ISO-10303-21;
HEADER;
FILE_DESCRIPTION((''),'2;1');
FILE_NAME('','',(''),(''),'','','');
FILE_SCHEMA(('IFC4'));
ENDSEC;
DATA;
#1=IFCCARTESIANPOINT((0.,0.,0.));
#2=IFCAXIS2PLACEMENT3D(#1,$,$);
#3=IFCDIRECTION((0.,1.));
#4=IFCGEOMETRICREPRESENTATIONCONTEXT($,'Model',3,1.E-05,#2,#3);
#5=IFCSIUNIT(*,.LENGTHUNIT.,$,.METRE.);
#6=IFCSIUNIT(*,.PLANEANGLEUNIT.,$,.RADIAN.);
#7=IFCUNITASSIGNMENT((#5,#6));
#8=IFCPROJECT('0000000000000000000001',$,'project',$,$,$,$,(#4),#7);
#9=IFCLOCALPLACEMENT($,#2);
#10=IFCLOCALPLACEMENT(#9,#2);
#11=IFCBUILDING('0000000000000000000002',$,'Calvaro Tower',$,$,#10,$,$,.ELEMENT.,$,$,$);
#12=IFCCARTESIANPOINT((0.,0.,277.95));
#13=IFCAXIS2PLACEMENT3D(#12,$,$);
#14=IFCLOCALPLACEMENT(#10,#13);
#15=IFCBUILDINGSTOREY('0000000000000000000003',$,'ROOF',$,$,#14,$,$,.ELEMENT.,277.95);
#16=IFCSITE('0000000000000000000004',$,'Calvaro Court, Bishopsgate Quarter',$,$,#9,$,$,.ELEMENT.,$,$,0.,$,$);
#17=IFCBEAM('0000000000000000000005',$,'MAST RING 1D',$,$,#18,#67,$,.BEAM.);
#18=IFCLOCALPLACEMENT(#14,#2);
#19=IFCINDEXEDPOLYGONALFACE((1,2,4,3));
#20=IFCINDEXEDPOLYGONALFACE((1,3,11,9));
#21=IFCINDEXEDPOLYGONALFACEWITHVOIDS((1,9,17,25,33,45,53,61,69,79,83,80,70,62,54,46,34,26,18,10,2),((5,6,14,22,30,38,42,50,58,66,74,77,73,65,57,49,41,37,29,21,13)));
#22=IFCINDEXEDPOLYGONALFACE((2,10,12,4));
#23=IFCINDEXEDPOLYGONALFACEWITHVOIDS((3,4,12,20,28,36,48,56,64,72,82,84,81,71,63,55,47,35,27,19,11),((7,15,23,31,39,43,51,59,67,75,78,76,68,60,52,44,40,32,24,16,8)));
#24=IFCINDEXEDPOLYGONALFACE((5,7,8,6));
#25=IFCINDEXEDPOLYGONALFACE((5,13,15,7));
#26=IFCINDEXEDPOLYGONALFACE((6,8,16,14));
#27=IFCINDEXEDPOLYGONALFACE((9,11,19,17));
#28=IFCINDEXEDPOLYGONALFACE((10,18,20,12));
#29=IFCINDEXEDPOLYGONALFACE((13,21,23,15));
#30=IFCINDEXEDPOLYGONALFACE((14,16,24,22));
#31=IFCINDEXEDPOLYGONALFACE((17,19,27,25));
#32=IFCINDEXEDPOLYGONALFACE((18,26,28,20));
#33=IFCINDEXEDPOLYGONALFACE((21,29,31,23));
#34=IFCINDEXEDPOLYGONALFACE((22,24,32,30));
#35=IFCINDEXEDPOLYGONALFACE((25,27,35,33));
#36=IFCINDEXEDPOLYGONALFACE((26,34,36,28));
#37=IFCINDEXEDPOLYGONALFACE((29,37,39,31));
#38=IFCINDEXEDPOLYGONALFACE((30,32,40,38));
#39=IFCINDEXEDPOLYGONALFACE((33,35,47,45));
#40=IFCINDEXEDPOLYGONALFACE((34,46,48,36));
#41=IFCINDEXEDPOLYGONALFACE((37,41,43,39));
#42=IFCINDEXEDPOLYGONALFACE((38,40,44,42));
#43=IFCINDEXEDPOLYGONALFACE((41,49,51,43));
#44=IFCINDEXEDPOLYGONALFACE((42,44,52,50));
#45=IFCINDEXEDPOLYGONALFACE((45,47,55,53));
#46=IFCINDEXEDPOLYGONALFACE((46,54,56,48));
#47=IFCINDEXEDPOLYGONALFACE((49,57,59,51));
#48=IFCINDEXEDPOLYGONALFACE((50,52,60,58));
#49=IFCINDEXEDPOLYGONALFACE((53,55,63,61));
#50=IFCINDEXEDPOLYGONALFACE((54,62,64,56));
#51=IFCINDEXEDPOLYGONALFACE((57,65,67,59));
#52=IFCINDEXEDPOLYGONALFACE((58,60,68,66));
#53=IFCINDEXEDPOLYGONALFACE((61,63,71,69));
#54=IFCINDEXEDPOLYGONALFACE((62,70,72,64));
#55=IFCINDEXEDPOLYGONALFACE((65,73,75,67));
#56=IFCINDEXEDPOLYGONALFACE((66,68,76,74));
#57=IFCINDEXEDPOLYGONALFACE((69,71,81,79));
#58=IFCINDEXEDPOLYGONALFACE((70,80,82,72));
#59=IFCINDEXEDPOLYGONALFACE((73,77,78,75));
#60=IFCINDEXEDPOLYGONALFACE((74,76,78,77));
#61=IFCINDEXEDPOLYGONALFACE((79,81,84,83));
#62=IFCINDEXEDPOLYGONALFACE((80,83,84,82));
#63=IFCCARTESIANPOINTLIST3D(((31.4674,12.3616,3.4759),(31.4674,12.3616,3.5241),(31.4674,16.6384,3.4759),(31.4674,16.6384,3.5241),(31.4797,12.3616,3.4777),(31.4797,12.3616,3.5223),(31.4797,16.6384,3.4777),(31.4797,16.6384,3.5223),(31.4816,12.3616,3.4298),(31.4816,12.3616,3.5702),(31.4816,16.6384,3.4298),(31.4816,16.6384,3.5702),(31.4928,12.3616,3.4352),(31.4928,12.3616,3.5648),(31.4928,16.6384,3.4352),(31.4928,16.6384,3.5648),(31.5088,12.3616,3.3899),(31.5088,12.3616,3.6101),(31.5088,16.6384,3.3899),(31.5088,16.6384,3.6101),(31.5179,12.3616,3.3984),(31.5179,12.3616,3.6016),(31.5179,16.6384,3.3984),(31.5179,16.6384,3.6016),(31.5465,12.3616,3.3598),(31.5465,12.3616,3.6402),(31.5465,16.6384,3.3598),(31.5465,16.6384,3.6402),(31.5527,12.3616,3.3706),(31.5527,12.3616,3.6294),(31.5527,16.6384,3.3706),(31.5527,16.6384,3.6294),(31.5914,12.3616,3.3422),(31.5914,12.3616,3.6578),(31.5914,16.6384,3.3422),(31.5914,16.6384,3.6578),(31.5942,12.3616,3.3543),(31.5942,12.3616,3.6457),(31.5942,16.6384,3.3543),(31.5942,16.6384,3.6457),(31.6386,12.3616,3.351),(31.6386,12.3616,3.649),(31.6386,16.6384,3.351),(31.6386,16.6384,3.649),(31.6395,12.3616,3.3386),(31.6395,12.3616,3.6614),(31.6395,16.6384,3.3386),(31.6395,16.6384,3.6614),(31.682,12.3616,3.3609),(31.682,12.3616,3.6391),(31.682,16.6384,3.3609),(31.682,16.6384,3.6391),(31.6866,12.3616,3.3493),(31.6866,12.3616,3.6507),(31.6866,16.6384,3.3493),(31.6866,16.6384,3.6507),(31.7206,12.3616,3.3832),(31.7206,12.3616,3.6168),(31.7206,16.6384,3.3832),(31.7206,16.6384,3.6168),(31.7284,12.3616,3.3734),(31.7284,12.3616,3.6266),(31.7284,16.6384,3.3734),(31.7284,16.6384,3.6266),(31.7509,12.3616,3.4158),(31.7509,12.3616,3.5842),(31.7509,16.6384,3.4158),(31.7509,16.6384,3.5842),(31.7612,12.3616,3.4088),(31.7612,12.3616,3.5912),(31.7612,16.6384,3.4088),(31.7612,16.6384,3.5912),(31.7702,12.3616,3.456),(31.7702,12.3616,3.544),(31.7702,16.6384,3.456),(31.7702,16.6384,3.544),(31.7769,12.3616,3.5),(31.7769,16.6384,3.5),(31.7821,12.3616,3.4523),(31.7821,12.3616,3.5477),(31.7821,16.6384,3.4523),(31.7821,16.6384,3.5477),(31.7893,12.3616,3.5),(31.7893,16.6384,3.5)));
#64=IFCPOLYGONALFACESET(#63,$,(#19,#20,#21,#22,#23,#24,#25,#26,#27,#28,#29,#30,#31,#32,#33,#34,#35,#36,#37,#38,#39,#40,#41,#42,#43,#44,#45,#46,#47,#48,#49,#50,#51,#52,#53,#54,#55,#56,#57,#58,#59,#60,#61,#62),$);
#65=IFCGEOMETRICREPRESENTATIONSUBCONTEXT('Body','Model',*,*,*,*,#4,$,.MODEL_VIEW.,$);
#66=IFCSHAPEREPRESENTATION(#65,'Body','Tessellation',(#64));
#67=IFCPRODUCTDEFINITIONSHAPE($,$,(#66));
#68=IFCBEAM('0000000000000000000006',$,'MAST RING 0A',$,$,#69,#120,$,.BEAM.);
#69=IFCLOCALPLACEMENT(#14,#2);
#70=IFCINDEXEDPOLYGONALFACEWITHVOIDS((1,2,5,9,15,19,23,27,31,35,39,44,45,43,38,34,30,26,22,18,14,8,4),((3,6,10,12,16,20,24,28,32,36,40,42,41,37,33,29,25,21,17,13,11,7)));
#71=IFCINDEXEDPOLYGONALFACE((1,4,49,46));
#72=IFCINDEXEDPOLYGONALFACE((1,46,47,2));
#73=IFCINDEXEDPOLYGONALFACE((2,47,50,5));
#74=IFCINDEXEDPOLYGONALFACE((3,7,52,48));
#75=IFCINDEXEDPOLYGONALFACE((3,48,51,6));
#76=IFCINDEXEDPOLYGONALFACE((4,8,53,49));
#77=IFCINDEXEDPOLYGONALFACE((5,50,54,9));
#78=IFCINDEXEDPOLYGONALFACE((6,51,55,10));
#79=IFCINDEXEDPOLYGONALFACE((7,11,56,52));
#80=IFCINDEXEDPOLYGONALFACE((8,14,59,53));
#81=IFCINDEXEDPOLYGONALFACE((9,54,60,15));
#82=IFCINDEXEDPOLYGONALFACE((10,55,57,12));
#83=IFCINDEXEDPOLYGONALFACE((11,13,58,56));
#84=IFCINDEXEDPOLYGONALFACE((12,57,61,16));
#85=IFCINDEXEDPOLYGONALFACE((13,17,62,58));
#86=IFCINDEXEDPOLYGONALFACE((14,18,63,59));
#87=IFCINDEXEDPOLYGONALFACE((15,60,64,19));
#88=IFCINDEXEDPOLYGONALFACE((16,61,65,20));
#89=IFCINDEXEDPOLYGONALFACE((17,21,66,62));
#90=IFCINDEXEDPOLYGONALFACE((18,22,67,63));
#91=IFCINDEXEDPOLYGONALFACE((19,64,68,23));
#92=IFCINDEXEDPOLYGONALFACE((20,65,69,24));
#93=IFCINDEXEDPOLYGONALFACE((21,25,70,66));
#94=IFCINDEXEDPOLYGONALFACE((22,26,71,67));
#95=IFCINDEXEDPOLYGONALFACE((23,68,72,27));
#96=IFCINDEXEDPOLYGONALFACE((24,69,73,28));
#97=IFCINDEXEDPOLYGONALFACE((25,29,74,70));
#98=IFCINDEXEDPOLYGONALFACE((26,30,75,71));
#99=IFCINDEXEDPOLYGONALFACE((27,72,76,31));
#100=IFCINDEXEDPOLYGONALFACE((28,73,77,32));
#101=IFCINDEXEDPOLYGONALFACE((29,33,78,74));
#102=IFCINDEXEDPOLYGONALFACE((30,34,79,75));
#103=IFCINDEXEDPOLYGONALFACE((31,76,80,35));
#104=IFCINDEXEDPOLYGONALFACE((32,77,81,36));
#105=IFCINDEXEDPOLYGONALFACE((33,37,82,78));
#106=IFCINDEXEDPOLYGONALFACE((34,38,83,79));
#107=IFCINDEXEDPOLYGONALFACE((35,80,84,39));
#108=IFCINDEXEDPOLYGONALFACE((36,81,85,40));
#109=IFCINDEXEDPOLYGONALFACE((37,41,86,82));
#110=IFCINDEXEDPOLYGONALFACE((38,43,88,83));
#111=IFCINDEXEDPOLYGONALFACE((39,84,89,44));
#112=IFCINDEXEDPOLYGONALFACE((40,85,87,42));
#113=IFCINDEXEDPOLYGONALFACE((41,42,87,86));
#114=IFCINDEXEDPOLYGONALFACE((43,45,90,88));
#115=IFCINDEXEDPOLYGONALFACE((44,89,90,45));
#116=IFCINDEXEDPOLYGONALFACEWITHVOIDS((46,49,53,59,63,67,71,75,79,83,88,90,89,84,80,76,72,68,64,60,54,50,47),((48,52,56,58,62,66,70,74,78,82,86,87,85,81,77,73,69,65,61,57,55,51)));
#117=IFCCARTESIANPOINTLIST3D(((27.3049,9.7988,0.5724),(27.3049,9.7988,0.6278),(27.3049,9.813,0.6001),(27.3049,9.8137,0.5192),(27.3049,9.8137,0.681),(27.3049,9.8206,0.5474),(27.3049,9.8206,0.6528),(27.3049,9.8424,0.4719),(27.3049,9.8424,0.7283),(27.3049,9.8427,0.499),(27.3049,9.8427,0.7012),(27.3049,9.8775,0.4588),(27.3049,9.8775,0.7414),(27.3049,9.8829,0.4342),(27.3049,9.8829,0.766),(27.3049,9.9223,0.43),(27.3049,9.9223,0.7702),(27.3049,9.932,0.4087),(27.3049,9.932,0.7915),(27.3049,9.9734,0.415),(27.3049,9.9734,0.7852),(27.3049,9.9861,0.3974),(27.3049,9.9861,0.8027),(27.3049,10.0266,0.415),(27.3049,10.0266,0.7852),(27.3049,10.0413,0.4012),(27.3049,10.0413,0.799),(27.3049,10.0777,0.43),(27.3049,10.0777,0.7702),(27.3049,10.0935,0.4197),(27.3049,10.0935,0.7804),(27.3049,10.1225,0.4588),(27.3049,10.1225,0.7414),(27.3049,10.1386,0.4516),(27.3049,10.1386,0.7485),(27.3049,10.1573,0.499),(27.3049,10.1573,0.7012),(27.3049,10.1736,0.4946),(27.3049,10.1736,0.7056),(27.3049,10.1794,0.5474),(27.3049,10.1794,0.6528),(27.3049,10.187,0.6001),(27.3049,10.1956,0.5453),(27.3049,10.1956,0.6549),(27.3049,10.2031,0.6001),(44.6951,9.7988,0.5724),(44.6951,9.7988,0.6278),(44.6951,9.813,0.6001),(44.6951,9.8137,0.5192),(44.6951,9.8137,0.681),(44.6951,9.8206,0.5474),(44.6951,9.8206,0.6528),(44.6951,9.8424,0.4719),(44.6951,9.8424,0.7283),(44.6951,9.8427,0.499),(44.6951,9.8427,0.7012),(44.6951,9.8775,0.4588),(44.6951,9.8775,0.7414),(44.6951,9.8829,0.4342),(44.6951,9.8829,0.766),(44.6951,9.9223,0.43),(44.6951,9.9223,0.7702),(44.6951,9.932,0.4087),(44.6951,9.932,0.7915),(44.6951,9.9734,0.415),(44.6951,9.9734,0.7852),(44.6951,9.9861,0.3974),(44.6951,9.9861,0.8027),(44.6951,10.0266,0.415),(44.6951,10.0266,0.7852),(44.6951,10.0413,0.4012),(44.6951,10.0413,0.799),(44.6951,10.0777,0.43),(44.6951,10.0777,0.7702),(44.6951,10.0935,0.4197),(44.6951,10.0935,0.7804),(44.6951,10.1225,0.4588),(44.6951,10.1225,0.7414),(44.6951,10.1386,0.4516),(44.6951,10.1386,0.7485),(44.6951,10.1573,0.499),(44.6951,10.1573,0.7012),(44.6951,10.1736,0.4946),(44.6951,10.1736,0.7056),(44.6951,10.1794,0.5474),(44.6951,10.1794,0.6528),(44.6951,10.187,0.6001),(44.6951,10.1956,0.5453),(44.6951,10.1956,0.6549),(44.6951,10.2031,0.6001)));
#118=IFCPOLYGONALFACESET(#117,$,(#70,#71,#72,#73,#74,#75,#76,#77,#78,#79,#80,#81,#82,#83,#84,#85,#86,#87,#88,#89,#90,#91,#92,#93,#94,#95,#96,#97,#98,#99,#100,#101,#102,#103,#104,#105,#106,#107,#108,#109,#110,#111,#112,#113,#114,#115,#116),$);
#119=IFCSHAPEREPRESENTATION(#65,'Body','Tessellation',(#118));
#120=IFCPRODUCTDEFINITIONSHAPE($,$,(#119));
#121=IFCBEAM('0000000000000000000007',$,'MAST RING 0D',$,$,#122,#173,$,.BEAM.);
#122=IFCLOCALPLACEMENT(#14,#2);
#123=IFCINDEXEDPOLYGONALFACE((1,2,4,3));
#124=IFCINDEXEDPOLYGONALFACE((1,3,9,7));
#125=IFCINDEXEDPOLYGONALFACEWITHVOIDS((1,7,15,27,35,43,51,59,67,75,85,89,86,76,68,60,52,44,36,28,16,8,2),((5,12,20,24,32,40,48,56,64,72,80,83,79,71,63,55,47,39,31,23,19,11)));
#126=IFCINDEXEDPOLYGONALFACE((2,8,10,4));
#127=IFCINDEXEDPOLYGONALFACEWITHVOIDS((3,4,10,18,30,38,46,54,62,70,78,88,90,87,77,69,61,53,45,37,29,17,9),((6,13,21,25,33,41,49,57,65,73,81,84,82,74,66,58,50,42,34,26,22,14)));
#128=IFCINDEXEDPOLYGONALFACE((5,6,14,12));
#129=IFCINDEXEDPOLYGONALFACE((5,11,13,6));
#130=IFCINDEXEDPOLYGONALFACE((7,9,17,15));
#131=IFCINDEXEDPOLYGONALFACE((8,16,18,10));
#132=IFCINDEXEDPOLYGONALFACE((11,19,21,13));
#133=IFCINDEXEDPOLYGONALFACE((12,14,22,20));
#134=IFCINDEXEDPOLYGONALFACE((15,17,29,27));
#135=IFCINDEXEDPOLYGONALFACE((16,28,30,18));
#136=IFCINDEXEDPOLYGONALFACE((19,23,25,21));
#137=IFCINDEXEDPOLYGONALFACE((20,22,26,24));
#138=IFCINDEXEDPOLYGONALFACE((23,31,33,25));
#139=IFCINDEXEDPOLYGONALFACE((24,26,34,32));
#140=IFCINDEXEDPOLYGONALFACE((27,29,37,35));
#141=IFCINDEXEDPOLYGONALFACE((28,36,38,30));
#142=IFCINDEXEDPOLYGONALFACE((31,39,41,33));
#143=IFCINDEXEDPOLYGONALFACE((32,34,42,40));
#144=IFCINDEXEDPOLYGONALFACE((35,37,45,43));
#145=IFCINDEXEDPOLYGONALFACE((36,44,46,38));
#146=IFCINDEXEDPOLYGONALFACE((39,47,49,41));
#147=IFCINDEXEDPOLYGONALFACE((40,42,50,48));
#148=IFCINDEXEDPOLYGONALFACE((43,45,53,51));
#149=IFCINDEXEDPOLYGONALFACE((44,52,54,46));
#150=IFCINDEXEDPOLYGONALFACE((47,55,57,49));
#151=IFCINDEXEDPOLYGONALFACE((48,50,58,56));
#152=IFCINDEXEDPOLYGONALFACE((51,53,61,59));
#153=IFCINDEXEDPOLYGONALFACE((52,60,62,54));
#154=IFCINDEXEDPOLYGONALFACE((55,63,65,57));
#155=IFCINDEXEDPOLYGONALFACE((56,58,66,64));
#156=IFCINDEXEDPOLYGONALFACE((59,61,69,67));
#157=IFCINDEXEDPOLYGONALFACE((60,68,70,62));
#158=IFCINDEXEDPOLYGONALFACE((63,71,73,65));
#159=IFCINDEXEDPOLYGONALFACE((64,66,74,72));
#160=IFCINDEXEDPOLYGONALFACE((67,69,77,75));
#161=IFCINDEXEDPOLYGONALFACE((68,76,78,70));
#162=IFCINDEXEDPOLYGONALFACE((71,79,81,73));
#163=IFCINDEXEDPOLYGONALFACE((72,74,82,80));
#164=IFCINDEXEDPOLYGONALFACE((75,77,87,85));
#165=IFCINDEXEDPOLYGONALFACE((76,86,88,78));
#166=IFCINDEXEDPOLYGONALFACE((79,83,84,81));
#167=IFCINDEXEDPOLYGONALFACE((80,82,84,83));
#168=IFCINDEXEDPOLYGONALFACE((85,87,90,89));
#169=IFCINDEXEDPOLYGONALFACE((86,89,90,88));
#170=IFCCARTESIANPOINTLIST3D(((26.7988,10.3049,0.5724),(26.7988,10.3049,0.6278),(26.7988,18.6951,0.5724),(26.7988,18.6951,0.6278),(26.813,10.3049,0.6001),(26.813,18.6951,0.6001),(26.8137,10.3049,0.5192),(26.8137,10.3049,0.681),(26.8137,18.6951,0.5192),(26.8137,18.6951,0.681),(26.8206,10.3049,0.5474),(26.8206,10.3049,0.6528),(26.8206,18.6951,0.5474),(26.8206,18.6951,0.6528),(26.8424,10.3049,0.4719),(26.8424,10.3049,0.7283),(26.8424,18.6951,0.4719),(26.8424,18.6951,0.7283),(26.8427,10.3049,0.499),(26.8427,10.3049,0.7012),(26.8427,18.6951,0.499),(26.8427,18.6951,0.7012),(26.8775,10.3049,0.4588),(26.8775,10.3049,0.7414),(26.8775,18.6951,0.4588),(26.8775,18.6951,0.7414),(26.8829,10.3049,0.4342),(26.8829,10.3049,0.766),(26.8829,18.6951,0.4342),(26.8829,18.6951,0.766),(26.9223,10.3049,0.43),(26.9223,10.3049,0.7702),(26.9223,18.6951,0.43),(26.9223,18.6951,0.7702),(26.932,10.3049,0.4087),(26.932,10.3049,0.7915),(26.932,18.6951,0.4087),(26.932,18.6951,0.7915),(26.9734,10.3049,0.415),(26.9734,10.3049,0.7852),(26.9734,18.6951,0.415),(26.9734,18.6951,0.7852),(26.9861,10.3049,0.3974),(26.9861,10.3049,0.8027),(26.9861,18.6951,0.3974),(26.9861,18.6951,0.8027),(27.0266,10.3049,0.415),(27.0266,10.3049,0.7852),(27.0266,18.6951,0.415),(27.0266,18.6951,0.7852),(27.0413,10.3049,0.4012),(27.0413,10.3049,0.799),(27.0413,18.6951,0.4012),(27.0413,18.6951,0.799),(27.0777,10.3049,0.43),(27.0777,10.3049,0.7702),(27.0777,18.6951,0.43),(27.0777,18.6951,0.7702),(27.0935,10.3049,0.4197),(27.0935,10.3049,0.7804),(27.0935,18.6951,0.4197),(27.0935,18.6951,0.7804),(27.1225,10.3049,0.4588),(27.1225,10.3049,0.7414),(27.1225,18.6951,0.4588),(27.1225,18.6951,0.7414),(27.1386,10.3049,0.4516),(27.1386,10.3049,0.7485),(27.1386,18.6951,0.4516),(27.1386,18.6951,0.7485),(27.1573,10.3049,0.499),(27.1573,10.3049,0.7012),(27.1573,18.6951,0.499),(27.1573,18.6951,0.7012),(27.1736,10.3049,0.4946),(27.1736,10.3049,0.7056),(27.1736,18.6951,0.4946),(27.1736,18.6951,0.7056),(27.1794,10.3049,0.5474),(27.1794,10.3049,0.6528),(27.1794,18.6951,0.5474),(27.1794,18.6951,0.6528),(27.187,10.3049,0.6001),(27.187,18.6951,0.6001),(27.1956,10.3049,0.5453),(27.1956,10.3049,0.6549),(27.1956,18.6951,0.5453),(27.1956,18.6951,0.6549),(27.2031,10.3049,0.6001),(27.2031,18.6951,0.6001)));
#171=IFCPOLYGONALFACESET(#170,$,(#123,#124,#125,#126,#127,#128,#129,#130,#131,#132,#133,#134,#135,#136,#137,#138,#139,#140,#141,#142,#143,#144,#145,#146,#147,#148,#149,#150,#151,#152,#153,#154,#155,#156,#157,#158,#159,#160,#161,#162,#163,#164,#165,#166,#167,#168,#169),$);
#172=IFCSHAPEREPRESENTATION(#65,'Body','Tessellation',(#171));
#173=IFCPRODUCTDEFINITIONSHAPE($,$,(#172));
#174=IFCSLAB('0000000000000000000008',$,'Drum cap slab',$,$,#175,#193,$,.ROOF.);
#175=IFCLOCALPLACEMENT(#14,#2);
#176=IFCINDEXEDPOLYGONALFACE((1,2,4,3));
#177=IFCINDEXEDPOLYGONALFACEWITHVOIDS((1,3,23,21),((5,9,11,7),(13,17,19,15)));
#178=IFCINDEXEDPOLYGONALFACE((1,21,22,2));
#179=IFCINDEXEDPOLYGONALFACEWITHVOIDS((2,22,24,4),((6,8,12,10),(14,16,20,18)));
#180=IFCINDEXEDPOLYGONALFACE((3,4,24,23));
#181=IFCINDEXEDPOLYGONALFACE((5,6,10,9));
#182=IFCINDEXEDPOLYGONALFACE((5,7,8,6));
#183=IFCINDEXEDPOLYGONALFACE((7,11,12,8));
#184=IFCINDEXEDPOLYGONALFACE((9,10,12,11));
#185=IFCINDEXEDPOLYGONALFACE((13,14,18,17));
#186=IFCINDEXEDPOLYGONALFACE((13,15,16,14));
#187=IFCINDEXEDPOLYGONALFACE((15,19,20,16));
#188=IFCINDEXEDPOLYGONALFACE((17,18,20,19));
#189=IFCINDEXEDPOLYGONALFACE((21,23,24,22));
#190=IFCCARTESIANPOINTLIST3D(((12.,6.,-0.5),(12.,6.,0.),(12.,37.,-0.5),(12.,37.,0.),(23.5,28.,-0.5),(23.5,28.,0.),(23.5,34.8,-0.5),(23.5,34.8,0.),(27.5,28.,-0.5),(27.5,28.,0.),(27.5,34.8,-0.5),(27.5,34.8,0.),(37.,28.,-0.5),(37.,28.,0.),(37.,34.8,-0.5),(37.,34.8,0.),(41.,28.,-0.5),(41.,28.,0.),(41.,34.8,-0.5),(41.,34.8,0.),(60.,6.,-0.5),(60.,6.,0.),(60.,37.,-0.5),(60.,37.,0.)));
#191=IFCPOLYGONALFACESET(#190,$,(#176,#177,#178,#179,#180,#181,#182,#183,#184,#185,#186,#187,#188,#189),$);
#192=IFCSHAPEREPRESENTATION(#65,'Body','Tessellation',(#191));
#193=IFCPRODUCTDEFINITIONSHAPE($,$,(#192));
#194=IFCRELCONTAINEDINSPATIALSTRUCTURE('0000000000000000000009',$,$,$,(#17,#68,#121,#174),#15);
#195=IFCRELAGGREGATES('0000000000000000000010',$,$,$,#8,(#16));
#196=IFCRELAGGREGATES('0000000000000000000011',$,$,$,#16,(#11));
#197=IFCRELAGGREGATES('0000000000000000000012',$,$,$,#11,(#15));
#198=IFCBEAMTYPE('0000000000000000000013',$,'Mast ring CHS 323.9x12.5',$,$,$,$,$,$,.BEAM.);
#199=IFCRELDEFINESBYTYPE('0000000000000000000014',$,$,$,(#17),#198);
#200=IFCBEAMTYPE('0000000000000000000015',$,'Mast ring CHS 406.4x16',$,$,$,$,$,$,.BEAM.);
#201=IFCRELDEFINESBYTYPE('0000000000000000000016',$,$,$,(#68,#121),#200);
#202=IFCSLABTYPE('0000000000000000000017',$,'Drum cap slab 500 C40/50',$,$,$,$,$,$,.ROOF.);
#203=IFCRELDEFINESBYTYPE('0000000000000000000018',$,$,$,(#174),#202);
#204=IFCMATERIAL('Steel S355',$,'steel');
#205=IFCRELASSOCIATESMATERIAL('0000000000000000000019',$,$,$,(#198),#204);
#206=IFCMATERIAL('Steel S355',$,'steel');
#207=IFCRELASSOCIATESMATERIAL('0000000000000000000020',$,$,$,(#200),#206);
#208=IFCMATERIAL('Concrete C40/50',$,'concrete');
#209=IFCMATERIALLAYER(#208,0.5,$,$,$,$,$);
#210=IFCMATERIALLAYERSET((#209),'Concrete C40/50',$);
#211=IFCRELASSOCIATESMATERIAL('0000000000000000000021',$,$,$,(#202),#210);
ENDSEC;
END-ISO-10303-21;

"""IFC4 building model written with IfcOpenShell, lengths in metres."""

from ifc_helpers import new_model, si_unit, direction, frame, origin, origin_2d, place, context, subcontext, project, spatial, polyline, hollow_circle, outline, extrude, material, layer, layer_set, material_profile, profile_set, type_object, element, save


model = new_model("IFC4")

# Units and contexts
model_context = context("Model", 3, precision=1e-05, world=origin(), true_north=direction((0.0, 1.0)))
body_context = subcontext(model_context, "Body", "Model", "MODEL_VIEW")
ifc_project = project(units=[si_unit("LENGTHUNIT", "METRE"), si_unit("PLANEANGLEUNIT", "RADIAN")], contexts=[model_context])

# Site, building, storey
site_placement = place(None, origin())
site = spatial("IfcSite", under=ifc_project, at=site_placement, Name="Calvaro Court, Bishopsgate Quarter", CompositionType="ELEMENT", RefElevation=0.0)
building_placement = place(site_placement, origin())
building = spatial("IfcBuilding", under=site, at=building_placement, Name="Calvaro Tower", CompositionType="ELEMENT")
storey_placement = place(building_placement, frame((0.0, 0.0, 277.95)))
storey = spatial("IfcBuildingStorey", under=building, at=storey_placement, Name="ROOF", CompositionType="ELEMENT", Elevation=277.95)

# Beams
ifc_material_1 = material(Name="Steel S355", Category="steel")
ifc_material_profile_1 = material_profile(ifc_material_1, hollow_circle(Radius=0.1619, WallThickness=0.0125, at=origin_2d()), Name="CHS 323.9x12.5")
ifc_profile_set_1 = profile_set([ifc_material_profile_1], Name="Steel S355")
beam_type_1 = type_object("IfcBeamType", Name="Mast ring CHS 323.9x12.5", PredefinedType="BEAM", material=ifc_profile_set_1)
beam_1_placement = place(storey_placement, frame((31.6274, 16.6384, 3.5), z_axis=(0.0, -1.0, 0.0), x_axis=(1.0, 0.0, 0.0)))
element("IfcBeam", 1, at=beam_1_placement, inside=storey, type_object=beam_type_1, Name="MAST RING 1D", PredefinedType="BEAM", context=body_context, shape_type="SweptSolid", body=[
    extrude(hollow_circle(Radius=0.1619, WallThickness=0.0125, at=origin_2d()), origin(), (0.0, 0.0, 1.0), 4.2769),
])
ifc_material_2 = material(Name="Steel S355", Category="steel")
ifc_material_profile_2 = material_profile(ifc_material_2, hollow_circle(Radius=0.2031, WallThickness=0.0161, at=origin_2d()), Name="CHS 406.4x16")
ifc_profile_set_2 = profile_set([ifc_material_profile_2], Name="Steel S355")
beam_type_2 = type_object("IfcBeamType", Name="Mast ring CHS 406.4x16", PredefinedType="BEAM", material=ifc_profile_set_2)
beam_2_placement = place(storey_placement, frame((27.3049, 10.0, 0.6001), z_axis=(1.0, 0.0, 0.0), x_axis=(0.0, 1.0, 0.0)))
element("IfcBeam", 2, at=beam_2_placement, inside=storey, type_object=beam_type_2, Name="MAST RING 0A", PredefinedType="BEAM", context=body_context, shape_type="SweptSolid", body=[
    extrude(hollow_circle(Radius=0.2031, WallThickness=0.0161, at=origin_2d()), origin(), (0.0, 0.0, 1.0), 17.3901),
])
beam_3_placement = place(storey_placement, frame((27.0, 18.6951, 0.6001), z_axis=(0.0, -1.0, 0.0), x_axis=(1.0, 0.0, 0.0)))
element("IfcBeam", 3, at=beam_3_placement, inside=storey, type_object=beam_type_2, Name="MAST RING 0D", PredefinedType="BEAM", context=body_context, shape_type="SweptSolid", body=[
    extrude(hollow_circle(Radius=0.2031, WallThickness=0.0161, at=origin_2d()), origin(), (0.0, 0.0, 1.0), 8.3901),
])

# Slab
ifc_material_3 = material(Name="Concrete C40/50", Category="concrete")
ifc_layer_1 = layer(ifc_material_3, 0.5)
ifc_layer_set_1 = layer_set([ifc_layer_1], Name="Concrete C40/50")
slab_type_1 = type_object("IfcSlabType", Name="Drum cap slab 500 C40/50", PredefinedType="ROOF", material=ifc_layer_set_1)
slab_1_placement = place(storey_placement, frame((0.0, 0.0, -0.5)))
element("IfcSlab", 4, at=slab_1_placement, inside=storey, type_object=slab_type_1, Name="Drum cap slab", PredefinedType="ROOF", context=body_context, shape_type="SweptSolid", body=[
    extrude(outline(polyline([(12.0, 6.0), (60.0, 6.0), (60.0, 37.0), (12.0, 37.0), (12.0, 6.0)]), holes=[polyline([(23.5, 28.0), (27.5, 28.0), (27.5, 34.8), (23.5, 34.8), (23.5, 28.0)]), polyline([(37.0, 28.0), (41.0, 28.0), (41.0, 34.8), (37.0, 34.8), (37.0, 28.0)])]), origin(), (0.0, 0.0, 1.0), 0.5),
])

save(model, "model.ifc")
